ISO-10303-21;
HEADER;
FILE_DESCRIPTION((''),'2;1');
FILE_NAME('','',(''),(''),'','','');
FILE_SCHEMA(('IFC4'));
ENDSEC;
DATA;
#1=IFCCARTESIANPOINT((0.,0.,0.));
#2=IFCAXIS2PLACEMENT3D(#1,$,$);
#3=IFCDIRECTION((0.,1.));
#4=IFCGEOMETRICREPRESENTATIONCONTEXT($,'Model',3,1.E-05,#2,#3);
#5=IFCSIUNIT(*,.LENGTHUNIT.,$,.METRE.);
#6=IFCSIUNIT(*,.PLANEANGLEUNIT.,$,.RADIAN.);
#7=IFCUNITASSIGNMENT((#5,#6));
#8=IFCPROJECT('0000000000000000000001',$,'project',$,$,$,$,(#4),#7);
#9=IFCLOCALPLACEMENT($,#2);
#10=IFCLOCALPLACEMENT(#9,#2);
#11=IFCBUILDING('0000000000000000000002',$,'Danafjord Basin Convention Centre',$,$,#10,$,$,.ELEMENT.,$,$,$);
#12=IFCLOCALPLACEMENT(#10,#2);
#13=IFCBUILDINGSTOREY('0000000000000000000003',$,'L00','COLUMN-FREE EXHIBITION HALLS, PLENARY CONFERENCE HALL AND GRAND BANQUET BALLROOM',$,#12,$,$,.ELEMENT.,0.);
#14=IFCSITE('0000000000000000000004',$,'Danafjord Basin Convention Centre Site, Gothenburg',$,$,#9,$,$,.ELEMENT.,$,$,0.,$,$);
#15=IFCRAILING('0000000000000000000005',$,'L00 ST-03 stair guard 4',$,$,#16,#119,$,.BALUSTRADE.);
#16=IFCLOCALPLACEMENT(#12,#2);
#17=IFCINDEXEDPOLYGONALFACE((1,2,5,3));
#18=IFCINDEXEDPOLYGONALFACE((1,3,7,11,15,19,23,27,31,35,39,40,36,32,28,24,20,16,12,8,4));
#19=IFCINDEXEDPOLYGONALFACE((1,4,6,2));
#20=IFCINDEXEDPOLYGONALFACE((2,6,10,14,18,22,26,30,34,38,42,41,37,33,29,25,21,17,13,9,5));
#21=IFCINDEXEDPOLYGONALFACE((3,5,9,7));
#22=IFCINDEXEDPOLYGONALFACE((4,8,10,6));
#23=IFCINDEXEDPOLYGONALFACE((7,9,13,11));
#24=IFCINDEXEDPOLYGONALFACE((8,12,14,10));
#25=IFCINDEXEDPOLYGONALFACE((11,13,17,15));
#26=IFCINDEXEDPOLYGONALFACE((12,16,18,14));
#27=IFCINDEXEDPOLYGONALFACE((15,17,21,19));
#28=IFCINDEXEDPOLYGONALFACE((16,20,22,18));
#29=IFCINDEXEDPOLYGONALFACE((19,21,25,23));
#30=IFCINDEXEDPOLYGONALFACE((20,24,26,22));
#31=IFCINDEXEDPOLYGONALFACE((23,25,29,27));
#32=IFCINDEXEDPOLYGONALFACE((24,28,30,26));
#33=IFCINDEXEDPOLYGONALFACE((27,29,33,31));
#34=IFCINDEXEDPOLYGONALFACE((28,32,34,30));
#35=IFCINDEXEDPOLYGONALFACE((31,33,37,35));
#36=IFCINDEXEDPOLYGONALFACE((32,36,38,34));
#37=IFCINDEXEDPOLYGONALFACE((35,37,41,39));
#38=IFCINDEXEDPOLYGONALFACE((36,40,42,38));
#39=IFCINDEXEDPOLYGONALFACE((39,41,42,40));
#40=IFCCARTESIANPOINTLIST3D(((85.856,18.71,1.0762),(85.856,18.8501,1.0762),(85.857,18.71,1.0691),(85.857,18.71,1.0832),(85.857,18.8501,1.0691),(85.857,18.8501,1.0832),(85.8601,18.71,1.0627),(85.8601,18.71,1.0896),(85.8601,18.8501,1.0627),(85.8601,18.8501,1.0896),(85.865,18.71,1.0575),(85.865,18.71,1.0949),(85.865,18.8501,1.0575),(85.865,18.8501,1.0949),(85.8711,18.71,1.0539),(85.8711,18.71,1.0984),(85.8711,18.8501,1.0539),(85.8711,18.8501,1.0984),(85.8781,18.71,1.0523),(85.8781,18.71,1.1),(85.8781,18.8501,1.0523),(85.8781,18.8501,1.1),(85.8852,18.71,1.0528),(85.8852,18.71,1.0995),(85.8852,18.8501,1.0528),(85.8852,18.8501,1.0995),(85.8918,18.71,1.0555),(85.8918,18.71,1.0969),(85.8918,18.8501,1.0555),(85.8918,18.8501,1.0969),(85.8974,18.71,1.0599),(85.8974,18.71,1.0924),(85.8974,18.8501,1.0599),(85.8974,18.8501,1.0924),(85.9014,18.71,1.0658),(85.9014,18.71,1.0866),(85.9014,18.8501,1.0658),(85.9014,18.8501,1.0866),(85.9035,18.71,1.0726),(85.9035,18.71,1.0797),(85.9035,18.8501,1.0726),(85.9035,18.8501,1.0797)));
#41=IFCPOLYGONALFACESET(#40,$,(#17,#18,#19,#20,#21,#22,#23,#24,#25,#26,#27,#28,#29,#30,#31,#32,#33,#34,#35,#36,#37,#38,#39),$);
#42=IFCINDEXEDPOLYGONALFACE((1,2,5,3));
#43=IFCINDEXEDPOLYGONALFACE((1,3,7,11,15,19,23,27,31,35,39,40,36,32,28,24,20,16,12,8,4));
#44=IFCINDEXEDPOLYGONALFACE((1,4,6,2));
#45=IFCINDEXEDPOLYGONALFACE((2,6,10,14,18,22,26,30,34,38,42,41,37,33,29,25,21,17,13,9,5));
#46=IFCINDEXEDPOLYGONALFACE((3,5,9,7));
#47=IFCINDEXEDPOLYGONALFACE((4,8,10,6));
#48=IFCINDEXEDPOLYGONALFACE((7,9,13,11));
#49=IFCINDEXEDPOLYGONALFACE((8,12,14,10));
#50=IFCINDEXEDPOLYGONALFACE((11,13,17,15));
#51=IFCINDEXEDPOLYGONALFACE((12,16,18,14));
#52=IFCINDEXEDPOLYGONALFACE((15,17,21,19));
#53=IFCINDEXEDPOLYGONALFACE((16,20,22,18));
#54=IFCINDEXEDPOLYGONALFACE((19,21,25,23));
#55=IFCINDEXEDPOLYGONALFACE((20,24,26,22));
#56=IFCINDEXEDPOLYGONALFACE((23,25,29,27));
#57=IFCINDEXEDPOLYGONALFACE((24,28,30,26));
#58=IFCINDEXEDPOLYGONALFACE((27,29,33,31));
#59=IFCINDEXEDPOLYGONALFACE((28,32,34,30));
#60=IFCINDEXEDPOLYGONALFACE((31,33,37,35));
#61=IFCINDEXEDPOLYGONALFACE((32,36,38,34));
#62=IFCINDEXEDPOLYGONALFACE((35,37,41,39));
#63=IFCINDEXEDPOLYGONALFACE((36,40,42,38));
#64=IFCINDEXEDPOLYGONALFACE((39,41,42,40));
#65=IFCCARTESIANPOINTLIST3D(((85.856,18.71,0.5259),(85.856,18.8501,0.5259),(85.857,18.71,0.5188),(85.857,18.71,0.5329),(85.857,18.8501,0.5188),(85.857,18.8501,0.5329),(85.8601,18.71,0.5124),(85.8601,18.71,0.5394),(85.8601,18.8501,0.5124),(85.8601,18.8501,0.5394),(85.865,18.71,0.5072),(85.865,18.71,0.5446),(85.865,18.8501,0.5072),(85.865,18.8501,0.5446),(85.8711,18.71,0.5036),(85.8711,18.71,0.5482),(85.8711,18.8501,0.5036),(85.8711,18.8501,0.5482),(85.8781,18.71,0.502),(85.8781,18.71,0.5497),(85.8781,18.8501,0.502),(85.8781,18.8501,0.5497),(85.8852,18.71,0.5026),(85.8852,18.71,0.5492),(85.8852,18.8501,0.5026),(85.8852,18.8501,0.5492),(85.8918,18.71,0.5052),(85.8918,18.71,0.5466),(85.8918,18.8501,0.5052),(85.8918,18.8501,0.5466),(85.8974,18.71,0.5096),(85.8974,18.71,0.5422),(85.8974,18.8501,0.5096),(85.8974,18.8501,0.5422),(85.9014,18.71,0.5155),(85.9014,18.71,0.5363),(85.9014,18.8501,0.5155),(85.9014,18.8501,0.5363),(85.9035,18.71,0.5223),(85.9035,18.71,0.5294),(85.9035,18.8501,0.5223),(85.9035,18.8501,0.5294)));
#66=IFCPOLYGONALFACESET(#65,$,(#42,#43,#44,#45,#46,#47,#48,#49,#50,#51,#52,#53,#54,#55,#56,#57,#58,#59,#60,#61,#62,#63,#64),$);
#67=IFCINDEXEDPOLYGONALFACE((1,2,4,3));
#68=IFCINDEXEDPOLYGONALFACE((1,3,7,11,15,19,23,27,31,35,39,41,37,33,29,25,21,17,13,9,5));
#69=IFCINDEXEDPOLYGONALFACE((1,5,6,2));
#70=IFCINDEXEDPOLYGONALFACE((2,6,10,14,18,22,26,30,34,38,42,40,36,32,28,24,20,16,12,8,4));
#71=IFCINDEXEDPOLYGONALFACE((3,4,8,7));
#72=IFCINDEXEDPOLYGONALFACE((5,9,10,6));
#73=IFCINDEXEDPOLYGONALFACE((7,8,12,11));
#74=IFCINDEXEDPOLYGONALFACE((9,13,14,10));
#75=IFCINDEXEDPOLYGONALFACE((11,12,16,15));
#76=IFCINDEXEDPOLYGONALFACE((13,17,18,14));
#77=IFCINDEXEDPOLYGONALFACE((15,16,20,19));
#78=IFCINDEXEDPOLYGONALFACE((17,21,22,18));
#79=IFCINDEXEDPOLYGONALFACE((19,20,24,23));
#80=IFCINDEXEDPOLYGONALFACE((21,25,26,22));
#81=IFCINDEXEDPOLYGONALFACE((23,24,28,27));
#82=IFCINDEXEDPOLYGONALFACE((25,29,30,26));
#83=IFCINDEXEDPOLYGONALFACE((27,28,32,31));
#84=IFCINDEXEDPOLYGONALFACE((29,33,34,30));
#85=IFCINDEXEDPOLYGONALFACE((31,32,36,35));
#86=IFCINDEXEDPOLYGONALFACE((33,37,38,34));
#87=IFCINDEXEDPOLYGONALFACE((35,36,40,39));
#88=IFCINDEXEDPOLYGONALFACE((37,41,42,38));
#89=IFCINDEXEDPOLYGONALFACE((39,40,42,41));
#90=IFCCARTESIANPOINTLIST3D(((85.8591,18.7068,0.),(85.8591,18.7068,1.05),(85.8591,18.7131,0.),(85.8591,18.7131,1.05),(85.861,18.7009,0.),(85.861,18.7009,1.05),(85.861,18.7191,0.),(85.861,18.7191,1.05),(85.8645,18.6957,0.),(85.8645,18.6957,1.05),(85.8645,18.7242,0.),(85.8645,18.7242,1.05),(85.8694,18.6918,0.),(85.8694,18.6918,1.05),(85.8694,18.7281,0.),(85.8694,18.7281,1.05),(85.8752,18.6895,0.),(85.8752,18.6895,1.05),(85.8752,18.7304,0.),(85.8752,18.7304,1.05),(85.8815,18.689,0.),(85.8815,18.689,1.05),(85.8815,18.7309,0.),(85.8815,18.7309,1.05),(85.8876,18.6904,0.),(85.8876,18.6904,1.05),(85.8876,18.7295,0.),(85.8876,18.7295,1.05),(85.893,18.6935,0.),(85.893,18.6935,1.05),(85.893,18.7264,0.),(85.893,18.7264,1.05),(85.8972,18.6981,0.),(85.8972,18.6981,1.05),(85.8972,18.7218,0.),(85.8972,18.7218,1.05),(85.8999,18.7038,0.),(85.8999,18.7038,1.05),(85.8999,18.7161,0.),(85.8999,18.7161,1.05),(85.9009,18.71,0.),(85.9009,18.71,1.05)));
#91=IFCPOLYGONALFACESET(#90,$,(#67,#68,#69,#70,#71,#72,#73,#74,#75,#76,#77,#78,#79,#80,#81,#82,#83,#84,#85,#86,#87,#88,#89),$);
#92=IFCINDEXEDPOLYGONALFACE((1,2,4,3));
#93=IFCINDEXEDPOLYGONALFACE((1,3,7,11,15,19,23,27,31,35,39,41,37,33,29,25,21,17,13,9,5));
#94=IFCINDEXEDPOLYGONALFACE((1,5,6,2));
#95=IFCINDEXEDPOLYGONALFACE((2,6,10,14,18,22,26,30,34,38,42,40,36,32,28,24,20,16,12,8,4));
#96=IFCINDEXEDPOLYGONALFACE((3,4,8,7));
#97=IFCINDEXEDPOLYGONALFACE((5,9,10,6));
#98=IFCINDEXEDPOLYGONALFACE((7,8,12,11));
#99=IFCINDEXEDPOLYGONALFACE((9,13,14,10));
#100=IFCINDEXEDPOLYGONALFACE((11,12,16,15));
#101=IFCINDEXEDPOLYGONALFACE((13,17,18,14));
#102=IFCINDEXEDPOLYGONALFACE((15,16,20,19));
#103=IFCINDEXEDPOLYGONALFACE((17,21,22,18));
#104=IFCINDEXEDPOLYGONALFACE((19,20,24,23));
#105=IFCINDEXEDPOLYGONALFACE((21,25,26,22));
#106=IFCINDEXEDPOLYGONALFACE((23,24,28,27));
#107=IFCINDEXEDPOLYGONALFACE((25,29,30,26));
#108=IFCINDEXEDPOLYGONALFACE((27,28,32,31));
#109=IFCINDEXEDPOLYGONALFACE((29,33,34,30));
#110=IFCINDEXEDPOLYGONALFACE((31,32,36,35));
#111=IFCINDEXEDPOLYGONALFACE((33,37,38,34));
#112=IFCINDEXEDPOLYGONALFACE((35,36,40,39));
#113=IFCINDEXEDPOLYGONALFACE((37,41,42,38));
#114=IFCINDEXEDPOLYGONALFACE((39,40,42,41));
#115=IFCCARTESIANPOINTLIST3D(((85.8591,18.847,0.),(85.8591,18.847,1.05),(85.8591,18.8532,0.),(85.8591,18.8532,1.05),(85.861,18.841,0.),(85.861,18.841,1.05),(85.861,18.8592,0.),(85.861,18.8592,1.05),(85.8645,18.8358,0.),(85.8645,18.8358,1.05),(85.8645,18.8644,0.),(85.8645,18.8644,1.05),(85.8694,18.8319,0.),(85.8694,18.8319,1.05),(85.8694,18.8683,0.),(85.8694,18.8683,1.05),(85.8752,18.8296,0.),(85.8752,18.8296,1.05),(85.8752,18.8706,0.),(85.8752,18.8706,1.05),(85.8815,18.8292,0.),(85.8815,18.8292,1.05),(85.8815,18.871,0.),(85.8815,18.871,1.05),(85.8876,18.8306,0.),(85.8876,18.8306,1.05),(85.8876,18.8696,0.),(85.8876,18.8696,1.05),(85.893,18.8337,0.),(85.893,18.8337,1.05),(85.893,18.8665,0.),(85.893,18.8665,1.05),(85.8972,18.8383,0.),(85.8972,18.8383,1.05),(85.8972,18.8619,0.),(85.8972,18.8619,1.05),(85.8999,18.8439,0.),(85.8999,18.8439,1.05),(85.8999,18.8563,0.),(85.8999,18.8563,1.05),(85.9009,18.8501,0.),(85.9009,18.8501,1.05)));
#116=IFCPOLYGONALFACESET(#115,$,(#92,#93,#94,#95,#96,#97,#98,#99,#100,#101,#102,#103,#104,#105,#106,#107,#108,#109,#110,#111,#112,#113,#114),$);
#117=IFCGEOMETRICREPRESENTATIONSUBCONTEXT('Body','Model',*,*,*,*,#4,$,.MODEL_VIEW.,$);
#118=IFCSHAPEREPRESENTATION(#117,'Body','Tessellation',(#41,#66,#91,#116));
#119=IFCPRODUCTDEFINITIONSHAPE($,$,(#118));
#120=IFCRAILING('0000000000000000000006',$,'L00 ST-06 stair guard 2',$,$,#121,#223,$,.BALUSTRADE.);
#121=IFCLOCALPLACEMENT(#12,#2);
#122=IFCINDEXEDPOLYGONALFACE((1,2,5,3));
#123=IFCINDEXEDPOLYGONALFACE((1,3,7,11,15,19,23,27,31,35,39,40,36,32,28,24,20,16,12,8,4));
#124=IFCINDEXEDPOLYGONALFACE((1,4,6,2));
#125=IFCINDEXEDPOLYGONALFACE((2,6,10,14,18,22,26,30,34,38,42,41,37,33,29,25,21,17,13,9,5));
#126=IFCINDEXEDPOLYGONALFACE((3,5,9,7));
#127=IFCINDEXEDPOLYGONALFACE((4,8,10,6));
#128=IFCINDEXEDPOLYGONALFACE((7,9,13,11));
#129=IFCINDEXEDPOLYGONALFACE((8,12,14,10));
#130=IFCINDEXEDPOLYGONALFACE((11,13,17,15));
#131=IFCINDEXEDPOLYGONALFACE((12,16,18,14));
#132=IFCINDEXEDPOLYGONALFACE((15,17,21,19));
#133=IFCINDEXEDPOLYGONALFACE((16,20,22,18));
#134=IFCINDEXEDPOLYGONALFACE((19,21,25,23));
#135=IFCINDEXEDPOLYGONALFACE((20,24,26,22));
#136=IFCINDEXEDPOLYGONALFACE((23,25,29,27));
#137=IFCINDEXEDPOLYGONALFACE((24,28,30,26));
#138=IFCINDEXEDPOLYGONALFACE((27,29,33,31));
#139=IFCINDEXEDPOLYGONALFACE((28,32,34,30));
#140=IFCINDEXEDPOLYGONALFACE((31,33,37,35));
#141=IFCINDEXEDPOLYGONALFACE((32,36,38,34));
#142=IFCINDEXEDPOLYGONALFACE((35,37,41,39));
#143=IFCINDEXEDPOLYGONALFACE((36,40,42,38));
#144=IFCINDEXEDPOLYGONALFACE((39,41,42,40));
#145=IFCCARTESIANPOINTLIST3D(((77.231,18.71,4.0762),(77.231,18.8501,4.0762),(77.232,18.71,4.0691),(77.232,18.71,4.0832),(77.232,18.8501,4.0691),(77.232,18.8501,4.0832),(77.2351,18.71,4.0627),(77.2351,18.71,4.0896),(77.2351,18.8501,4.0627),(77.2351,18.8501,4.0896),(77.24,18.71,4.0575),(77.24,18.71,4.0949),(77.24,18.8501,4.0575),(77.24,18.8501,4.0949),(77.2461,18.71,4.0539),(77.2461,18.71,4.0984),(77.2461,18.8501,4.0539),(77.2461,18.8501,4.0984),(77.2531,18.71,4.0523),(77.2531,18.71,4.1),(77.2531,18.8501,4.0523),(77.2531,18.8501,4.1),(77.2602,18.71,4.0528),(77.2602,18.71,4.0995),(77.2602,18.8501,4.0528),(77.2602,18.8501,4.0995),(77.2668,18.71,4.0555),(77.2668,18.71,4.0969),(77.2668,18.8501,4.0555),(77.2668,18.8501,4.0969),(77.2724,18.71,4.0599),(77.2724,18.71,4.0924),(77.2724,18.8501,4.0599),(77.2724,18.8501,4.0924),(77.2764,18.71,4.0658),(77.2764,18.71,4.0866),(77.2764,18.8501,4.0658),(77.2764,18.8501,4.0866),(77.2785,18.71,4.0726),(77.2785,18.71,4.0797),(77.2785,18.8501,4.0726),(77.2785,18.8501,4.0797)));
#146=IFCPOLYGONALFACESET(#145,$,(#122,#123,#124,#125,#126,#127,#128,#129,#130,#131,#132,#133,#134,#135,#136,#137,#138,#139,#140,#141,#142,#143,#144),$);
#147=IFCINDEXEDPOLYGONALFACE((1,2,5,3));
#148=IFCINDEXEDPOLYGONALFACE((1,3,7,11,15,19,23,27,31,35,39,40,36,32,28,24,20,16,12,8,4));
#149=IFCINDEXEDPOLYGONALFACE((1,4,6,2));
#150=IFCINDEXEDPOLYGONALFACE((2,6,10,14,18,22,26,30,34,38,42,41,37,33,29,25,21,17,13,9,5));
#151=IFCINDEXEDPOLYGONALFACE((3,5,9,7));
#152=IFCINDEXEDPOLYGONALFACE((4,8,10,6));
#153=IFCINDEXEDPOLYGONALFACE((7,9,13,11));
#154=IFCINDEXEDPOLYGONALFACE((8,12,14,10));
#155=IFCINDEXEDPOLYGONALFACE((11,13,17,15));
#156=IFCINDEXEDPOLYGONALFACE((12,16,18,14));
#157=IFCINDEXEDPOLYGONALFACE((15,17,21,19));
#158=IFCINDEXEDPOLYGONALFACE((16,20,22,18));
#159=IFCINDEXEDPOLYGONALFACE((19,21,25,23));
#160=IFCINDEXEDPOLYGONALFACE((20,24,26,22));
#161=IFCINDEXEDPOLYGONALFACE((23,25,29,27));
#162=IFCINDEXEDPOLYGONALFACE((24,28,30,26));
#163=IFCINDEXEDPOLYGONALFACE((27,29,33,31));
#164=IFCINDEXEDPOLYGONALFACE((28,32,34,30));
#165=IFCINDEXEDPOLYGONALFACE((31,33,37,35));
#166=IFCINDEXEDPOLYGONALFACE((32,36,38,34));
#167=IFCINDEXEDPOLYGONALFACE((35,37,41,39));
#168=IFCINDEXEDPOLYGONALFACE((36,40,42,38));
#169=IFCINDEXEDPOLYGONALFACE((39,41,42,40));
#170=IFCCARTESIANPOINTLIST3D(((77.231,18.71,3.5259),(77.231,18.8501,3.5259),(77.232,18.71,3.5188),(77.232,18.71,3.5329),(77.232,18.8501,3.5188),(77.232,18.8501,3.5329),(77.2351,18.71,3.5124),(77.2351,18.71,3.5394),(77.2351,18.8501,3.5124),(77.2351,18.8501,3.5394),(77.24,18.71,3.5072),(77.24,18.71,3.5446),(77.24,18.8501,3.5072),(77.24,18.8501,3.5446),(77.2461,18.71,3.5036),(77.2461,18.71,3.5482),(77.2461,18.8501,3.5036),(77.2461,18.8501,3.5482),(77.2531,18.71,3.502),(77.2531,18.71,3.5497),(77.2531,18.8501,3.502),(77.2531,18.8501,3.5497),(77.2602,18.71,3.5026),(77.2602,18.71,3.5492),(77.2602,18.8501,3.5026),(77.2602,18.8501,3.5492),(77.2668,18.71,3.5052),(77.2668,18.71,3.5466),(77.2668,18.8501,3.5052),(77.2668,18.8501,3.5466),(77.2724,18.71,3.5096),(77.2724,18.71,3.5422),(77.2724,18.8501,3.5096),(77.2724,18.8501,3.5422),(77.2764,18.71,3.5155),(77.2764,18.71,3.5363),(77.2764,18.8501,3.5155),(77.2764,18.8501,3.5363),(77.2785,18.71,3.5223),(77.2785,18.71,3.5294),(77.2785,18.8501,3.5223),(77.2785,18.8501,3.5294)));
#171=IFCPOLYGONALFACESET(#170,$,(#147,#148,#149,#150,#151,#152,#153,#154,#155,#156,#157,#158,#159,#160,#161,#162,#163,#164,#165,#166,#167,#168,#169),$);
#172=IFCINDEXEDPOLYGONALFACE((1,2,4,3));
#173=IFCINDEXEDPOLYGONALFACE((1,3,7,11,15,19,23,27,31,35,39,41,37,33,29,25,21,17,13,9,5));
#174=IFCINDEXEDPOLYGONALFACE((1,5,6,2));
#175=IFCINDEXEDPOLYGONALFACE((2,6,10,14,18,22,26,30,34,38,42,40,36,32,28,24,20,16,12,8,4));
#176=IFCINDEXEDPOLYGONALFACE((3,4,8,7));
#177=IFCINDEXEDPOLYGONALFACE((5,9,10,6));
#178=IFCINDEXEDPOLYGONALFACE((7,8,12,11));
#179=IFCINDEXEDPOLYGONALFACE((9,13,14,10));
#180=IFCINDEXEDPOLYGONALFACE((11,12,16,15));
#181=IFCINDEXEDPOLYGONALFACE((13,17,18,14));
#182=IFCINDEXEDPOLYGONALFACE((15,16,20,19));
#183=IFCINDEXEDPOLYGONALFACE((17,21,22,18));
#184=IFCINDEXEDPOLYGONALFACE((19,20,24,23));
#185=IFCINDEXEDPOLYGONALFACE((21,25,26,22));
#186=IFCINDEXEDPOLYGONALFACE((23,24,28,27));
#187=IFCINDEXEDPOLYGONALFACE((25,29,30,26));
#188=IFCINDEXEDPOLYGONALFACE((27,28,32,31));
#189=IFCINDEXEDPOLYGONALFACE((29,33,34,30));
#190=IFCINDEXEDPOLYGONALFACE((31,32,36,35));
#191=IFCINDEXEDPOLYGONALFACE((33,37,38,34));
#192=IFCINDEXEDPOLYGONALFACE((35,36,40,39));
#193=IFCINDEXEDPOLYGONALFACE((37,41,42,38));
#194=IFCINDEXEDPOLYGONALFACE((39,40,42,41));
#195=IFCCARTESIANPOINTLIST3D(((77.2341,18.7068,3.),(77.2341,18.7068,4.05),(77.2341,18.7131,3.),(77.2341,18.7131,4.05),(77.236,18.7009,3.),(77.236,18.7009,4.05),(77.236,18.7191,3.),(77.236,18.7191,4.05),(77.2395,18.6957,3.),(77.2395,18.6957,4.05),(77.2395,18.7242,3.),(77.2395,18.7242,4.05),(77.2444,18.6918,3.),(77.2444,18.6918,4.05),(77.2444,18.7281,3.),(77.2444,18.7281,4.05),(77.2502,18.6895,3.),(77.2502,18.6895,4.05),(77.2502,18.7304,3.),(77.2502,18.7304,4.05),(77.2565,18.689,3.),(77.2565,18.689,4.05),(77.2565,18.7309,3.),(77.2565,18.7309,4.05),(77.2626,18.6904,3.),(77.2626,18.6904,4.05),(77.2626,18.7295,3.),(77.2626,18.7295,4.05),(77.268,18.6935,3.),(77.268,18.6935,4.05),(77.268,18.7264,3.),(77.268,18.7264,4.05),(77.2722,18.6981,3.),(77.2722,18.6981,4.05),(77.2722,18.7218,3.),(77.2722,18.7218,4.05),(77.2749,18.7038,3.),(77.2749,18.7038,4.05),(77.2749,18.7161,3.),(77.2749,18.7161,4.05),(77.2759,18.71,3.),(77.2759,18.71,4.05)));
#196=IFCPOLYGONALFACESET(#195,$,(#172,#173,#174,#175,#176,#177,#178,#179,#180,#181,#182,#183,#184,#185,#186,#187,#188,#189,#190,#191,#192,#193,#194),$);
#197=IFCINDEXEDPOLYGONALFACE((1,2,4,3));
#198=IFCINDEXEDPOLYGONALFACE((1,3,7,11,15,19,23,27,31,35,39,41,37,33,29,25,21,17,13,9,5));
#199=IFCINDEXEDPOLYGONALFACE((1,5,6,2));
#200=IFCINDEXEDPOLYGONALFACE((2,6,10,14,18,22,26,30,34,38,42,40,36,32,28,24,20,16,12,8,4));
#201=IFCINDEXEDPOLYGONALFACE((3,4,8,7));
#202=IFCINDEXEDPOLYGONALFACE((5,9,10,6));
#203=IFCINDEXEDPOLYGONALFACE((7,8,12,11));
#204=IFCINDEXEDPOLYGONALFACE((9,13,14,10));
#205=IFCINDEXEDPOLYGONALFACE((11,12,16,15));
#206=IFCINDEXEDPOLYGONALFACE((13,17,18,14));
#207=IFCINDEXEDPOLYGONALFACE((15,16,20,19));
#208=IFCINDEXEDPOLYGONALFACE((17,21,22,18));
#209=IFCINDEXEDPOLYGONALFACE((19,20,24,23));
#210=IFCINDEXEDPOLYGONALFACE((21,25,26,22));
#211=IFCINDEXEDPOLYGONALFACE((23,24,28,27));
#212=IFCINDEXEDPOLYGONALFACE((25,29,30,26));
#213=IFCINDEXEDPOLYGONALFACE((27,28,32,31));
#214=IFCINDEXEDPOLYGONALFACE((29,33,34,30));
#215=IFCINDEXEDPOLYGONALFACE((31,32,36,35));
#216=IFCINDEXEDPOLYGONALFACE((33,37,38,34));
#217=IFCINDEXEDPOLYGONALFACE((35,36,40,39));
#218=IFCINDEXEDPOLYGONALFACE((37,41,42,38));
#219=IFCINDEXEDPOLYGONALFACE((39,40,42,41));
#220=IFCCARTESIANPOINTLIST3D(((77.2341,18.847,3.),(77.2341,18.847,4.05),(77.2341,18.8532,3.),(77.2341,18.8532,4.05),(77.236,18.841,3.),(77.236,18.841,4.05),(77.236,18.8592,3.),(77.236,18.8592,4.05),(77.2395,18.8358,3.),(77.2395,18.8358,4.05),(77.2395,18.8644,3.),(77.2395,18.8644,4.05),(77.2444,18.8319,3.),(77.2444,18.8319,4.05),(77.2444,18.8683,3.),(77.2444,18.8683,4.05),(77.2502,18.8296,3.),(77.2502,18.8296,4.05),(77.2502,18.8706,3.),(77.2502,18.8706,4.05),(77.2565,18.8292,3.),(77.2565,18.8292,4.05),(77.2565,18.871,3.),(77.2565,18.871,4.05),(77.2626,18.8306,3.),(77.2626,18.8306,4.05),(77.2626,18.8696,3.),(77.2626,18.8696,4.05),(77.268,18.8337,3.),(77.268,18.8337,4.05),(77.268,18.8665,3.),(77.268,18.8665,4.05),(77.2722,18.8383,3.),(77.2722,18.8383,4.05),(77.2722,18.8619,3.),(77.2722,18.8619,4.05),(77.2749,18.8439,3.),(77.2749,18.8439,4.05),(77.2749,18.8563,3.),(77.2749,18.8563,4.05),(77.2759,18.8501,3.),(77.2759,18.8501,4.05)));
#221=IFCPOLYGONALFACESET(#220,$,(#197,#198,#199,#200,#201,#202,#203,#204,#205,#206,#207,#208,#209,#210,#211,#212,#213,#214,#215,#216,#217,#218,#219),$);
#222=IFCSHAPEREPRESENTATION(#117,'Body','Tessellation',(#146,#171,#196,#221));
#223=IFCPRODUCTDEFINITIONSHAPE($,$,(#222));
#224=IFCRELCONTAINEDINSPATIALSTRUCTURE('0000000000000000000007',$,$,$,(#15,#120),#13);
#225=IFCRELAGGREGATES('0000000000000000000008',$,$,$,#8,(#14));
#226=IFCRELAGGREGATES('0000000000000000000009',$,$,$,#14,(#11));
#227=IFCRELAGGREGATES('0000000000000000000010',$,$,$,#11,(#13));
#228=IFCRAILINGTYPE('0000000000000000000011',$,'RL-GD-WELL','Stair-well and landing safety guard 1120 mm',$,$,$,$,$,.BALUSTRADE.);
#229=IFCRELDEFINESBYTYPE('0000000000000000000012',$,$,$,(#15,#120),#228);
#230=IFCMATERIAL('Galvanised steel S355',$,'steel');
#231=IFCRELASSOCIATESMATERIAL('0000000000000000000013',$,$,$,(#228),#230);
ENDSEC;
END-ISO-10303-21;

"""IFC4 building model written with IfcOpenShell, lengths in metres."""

from ifc_helpers import new_model, si_unit, direction, frame, origin, origin_2d, place, context, subcontext, project, spatial, circle, extrude, material, type_object, element, save


model = new_model("IFC4")

# Units and contexts
model_context = context("Model", 3, precision=1e-05, world=origin(), true_north=direction((0.0, 1.0)))
body_context = subcontext(model_context, "Body", "Model", "MODEL_VIEW")
ifc_project = project(units=[si_unit("LENGTHUNIT", "METRE"), si_unit("PLANEANGLEUNIT", "RADIAN")], contexts=[model_context])

# Site, building, storey
site_placement = place(None, origin())
site = spatial("IfcSite", under=ifc_project, at=site_placement, Name="Danafjord Basin Convention Centre Site, Gothenburg", CompositionType="ELEMENT", RefElevation=0.0)
building_placement = place(site_placement, origin())
building = spatial("IfcBuilding", under=site, at=building_placement, Name="Danafjord Basin Convention Centre", CompositionType="ELEMENT")
storey_placement = place(building_placement, origin())
storey = spatial("IfcBuildingStorey", under=building, at=storey_placement, Name="L00", Description="COLUMN-FREE EXHIBITION HALLS, PLENARY CONFERENCE HALL AND GRAND BANQUET BALLROOM", CompositionType="ELEMENT", Elevation=0.0)

# Railings
ifc_material_1 = material(Name="Galvanised steel S355", Category="steel")
railing_type_1 = type_object("IfcRailingType", Name="RL-GD-WELL", Description="Stair-well and landing safety guard 1120 mm", PredefinedType="BALUSTRADE", material=ifc_material_1)
for number, where, name in (
    (1, (85.8799, 18.71, 0.0), "L00 ST-03 stair guard 4"),
    (2, (77.2549, 18.71, 3.0), "L00 ST-06 stair guard 2"),
):
    element("IfcRailing", number, at=place(storey_placement, frame(where)), inside=storey, type_object=railing_type_1, Name=name, PredefinedType="BALUSTRADE", context=body_context, shape_type="SweptSolid", body=[
        extrude(circle(Radius=0.0239, at=origin_2d()), frame((0.0, 0.0, 1.0762), z_axis=(0.0, 1.0, 0.0), x_axis=(-1.0, 0.0, 0.0)), (0.0, 0.0, 1.0), 0.1401),
        extrude(circle(Radius=0.0239, at=origin_2d()), frame((0.0, 0.0, 0.5259), z_axis=(0.0, 1.0, 0.0), x_axis=(-1.0, 0.0, 0.0)), (0.0, 0.0, 1.0), 0.1401),
        extrude(circle(Radius=0.021, at=origin_2d()), origin(), (0.0, 0.0, 1.0), 1.05),
        extrude(circle(Radius=0.021, at=origin_2d()), frame((0.0, 0.1401, 0.0)), (0.0, 0.0, 1.0), 1.05),
    ])

save(model, "model.ifc")
